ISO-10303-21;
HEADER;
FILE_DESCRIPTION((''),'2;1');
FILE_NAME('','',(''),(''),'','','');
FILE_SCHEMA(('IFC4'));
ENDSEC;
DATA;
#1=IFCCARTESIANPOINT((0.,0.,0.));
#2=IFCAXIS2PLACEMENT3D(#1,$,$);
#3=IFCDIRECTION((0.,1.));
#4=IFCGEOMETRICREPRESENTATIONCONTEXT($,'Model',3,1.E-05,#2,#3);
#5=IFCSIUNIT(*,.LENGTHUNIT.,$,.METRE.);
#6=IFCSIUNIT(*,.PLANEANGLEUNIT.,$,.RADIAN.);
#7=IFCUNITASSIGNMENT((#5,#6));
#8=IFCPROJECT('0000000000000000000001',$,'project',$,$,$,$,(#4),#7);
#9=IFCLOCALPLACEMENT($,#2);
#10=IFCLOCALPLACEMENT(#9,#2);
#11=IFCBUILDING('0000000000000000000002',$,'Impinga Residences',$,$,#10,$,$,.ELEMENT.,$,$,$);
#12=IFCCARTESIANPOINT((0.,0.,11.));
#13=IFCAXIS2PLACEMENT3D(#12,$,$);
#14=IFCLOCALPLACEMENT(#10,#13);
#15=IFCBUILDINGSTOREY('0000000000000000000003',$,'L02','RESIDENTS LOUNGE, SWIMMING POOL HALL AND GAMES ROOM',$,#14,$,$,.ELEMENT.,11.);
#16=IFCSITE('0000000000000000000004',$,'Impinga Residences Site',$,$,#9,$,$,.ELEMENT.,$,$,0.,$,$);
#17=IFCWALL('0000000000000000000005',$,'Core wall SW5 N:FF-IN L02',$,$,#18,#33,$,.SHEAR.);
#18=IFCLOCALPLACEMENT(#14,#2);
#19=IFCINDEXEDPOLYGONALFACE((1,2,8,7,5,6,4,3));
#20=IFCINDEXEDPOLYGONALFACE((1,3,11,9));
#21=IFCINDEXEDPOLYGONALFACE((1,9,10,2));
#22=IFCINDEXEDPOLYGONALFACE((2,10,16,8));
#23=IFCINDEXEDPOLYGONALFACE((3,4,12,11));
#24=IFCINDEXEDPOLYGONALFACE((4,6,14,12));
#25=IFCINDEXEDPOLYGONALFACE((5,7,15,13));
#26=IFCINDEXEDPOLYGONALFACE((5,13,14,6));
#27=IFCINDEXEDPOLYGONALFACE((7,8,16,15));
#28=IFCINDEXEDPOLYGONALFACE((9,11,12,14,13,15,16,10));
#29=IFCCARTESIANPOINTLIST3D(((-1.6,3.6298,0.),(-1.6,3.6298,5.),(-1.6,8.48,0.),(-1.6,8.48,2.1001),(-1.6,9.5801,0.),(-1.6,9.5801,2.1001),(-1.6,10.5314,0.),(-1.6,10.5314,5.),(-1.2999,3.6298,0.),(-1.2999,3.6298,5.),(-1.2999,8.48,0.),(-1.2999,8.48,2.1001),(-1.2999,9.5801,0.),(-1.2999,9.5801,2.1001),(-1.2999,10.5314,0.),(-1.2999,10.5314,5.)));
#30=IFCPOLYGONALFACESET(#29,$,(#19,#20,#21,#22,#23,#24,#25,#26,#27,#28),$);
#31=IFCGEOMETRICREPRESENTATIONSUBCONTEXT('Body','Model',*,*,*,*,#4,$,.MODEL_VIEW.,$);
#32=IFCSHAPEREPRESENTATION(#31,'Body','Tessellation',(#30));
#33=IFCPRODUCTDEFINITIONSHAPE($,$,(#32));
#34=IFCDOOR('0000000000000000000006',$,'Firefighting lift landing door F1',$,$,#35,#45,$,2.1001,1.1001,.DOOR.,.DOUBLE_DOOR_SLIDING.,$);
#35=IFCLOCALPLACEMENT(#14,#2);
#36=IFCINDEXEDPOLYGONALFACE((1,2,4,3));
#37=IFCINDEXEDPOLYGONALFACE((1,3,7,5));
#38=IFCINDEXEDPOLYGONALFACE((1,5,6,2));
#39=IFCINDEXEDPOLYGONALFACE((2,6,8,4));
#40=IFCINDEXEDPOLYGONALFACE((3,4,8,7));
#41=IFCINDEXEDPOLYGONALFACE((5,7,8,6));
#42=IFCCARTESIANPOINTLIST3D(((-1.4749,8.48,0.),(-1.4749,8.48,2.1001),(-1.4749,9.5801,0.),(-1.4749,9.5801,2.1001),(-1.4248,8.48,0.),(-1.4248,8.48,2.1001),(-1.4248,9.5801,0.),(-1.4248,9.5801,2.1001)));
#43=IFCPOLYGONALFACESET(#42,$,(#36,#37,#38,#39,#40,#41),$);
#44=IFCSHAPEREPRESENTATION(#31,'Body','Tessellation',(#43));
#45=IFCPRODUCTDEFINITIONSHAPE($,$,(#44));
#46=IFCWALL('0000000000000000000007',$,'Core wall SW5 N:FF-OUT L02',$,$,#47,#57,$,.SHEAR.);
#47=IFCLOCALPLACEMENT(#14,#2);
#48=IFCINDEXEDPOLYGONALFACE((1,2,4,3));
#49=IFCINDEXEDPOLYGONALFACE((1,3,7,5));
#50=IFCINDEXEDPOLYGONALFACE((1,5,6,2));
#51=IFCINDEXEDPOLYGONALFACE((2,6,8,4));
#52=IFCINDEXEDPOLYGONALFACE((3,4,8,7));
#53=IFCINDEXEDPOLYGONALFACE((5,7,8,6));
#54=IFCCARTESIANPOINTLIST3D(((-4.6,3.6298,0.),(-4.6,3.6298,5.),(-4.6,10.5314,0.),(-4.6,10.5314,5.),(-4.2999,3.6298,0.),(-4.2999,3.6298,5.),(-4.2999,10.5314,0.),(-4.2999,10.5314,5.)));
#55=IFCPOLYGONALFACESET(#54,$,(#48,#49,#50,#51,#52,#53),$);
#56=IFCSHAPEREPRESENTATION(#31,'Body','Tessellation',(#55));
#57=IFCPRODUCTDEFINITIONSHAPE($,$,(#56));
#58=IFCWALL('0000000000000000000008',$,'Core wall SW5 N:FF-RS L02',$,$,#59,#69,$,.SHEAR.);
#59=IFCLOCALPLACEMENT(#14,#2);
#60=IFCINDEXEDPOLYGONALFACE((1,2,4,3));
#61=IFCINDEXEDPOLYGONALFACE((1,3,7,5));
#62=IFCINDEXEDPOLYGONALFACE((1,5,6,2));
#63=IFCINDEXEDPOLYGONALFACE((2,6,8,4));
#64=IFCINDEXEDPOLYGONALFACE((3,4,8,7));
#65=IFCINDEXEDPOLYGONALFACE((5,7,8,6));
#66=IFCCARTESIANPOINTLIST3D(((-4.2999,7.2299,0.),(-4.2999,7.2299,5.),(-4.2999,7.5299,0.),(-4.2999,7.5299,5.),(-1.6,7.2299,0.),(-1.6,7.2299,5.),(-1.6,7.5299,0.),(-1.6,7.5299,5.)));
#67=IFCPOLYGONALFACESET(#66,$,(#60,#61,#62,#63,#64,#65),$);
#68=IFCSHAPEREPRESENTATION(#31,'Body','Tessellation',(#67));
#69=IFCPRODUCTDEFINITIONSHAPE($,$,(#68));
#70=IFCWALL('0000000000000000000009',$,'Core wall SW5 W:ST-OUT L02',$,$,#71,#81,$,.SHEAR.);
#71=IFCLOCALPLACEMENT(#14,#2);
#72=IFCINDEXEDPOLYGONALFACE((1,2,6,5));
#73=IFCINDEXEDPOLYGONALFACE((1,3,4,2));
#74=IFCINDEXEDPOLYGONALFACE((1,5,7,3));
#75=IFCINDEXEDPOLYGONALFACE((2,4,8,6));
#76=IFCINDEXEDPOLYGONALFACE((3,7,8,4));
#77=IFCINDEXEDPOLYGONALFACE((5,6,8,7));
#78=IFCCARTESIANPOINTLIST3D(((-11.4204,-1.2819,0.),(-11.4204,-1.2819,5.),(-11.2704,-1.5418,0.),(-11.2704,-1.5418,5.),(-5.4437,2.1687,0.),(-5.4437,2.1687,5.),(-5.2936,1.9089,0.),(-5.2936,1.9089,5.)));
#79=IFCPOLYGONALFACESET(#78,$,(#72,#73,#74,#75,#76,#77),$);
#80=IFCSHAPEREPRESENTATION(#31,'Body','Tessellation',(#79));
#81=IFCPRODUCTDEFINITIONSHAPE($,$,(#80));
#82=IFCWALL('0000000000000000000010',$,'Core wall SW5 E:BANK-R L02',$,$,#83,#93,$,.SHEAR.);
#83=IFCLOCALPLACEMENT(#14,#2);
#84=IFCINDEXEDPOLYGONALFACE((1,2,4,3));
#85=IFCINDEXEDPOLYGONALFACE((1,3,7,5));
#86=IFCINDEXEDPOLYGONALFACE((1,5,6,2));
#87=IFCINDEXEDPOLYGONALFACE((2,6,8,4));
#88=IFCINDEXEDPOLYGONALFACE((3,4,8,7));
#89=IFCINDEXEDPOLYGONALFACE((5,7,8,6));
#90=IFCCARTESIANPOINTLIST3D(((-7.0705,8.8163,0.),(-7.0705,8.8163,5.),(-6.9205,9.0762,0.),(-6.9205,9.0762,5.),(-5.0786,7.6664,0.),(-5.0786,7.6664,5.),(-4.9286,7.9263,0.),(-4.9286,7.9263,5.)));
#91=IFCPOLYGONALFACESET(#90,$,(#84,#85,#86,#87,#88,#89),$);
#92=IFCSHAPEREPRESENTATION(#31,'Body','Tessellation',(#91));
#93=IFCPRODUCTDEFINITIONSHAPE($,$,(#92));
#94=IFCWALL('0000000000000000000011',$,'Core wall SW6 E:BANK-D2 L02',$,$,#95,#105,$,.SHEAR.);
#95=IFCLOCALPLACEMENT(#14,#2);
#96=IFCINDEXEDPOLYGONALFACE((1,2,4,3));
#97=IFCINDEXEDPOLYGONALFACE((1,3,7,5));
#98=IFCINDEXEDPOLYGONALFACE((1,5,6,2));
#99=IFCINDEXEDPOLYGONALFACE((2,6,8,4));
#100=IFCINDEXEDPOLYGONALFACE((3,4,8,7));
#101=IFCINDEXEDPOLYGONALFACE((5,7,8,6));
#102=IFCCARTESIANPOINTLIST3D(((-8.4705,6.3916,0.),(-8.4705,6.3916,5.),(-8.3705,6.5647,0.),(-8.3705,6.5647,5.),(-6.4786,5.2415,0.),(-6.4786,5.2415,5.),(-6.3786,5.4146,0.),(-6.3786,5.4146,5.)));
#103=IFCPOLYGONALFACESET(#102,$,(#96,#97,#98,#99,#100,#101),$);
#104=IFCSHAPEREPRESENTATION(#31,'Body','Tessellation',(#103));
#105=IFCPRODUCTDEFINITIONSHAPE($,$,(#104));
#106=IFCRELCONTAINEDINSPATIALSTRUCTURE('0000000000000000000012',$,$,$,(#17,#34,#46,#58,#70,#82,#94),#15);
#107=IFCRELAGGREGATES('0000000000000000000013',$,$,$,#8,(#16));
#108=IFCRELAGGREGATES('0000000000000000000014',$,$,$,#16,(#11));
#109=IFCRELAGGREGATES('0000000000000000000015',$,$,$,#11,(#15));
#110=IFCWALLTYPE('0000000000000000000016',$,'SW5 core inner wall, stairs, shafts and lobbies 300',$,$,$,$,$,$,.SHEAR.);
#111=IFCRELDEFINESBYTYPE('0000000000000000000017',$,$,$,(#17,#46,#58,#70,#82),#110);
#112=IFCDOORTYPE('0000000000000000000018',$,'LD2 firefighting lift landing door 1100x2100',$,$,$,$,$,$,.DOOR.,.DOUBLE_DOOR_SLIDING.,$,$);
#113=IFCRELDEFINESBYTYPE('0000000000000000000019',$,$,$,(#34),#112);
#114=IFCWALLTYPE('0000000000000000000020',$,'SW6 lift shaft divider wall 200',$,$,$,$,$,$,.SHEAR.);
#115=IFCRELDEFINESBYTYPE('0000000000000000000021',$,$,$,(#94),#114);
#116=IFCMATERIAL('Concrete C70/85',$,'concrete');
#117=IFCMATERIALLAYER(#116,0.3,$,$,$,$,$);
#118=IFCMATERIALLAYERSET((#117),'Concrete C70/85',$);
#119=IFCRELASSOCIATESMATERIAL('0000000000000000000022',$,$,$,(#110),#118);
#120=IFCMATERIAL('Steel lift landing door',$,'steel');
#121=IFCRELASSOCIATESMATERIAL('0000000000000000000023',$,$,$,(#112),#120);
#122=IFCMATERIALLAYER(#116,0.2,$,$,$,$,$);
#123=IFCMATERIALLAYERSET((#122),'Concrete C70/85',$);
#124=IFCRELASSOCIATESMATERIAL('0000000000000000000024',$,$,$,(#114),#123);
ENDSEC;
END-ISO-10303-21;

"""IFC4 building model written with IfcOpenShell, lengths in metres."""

from ifc_helpers import new_model, si_unit, direction, frame, frame_2d, origin, place, context, subcontext, project, spatial, rectangle, extrude, material, layer, layer_set, type_object, element, fill, save


model = new_model("IFC4")

# Units and contexts
model_context = context("Model", 3, precision=1e-05, world=origin(), true_north=direction((0.0, 1.0)))
body_context = subcontext(model_context, "Body", "Model", "MODEL_VIEW")
ifc_project = project(units=[si_unit("LENGTHUNIT", "METRE"), si_unit("PLANEANGLEUNIT", "RADIAN")], contexts=[model_context])

# Site, building, storey
site_placement = place(None, origin())
site = spatial("IfcSite", under=ifc_project, at=site_placement, Name="Impinga Residences Site", CompositionType="ELEMENT", RefElevation=0.0)
building_placement = place(site_placement, origin())
building = spatial("IfcBuilding", under=site, at=building_placement, Name="Impinga Residences", CompositionType="ELEMENT")
storey_placement = place(building_placement, frame((0.0, 0.0, 11.0)))
storey = spatial("IfcBuildingStorey", under=building, at=storey_placement, Name="L02", Description="RESIDENTS LOUNGE, SWIMMING POOL HALL AND GAMES ROOM", CompositionType="ELEMENT", Elevation=11.0)

# Shared definitions
ifc_material_1 = material(Name="Concrete C70/85", Category="concrete")

# Shared definitions
ifc_layer_1 = layer(ifc_material_1, 0.3)
ifc_layer_set_1 = layer_set([ifc_layer_1], Name="Concrete C70/85")
wall_type_1 = type_object("IfcWallType", Name="SW5 core inner wall, stairs, shafts and lobbies 300", PredefinedType="SHEAR", material=ifc_layer_set_1)

# Wall, opening, door
wall_1_placement = place(storey_placement, frame((-1.45, 3.6299, 0.0), z_axis=(0.0, 0.0, 1.0), x_axis=(0.0, 1.0, 0.0)))
wall_1 = element("IfcWall", 1, at=wall_1_placement, inside=storey, type_object=wall_type_1, Name="Core wall SW5 N:FF-IN L02", PredefinedType="SHEAR", context=body_context, shape_type="SweptSolid", body=[
    extrude(rectangle(XDim=6.9016, YDim=0.3, at=frame_2d((3.4507, 0.0))), origin(), (0.0, 0.0, 1.0), 5.0),
])
opening_1_placement = place(wall_1_placement, frame((4.8501, 0.0, 0.0)))
opening_1 = element("IfcOpeningElement", 2, at=opening_1_placement, cuts=wall_1, PredefinedType="OPENING", context=body_context, shape_type="SweptSolid", body=[
    extrude(rectangle(XDim=1.1001, YDim=2.1001, at=frame_2d((0.55, 1.05))), frame((0.0, 0.1599, 0.0), z_axis=(0.0, -1.0, 0.0), x_axis=(1.0, 0.0, 0.0)), (0.0, 0.0, 1.0), 0.3201),
])
ifc_material_2 = material(Name="Steel lift landing door", Category="steel")
door_type_1 = type_object("IfcDoorType", Name="LD2 firefighting lift landing door 1100x2100", OperationType="DOUBLE_DOOR_SLIDING", PredefinedType="DOOR", material=ifc_material_2)
door_1_placement = place(opening_1_placement, origin())
door_1 = element("IfcDoor", 3, at=door_1_placement, inside=storey, type_object=door_type_1, Name="Firefighting lift landing door F1", OperationType="DOUBLE_DOOR_SLIDING", OverallHeight=2.1001, OverallWidth=1.1001, PredefinedType="DOOR", context=body_context, shape_type="SweptSolid", body=[
    extrude(rectangle(XDim=1.1001, YDim=2.1001, at=frame_2d((0.55, 1.05))), frame((0.0, 0.0249, 0.0), z_axis=(0.0, -1.0, 0.0), x_axis=(1.0, 0.0, 0.0)), (0.0, 0.0, 1.0), 0.05),
])
fill(opening_1, door_1)

# Walls
wall_2_placement = place(storey_placement, frame((-4.45, 3.6299, 0.0), z_axis=(0.0, 0.0, 1.0), x_axis=(0.0, 1.0, 0.0)))
element("IfcWall", 4, at=wall_2_placement, inside=storey, type_object=wall_type_1, Name="Core wall SW5 N:FF-OUT L02", PredefinedType="SHEAR", context=body_context, shape_type="SweptSolid", body=[
    extrude(rectangle(XDim=6.9016, YDim=0.3, at=frame_2d((3.4507, 0.0))), origin(), (0.0, 0.0, 1.0), 5.0),
])
wall_3_placement = place(storey_placement, frame((-4.3, 7.3799, 0.0), z_axis=(0.0, 0.0, 1.0), x_axis=(1.0, 0.0, 0.0)))
element("IfcWall", 5, at=wall_3_placement, inside=storey, type_object=wall_type_1, Name="Core wall SW5 N:FF-RS L02", PredefinedType="SHEAR", context=body_context, shape_type="SweptSolid", body=[
    extrude(rectangle(XDim=2.7, YDim=0.3, at=frame_2d((1.3501, 0.0))), origin(), (0.0, 0.0, 1.0), 5.0),
])
wall_4_placement = place(storey_placement, frame((-5.3687, 2.0388, 0.0), z_axis=(0.0, 0.0, 1.0), x_axis=(-0.866027, -0.499997, 0.0)))
element("IfcWall", 6, at=wall_4_placement, inside=storey, type_object=wall_type_1, Name="Core wall SW5 W:ST-OUT L02", PredefinedType="SHEAR", context=body_context, shape_type="SweptSolid", body=[
    extrude(rectangle(XDim=6.9014, YDim=0.3, at=frame_2d((3.4507, 0.0))), origin(), (0.0, 0.0, 1.0), 5.0),
])
wall_5_placement = place(storey_placement, frame((-5.0037, 7.7964, 0.0), z_axis=(0.0, 0.0, 1.0), x_axis=(-0.866053, 0.499952, 0.0)))
element("IfcWall", 7, at=wall_5_placement, inside=storey, type_object=wall_type_1, Name="Core wall SW5 E:BANK-R L02", PredefinedType="SHEAR", context=body_context, shape_type="SweptSolid", body=[
    extrude(rectangle(XDim=2.3, YDim=0.3, at=frame_2d((1.1499, 0.0))), origin(), (0.0, 0.0, 1.0), 5.0),
])
ifc_layer_2 = layer(ifc_material_1, 0.2)
ifc_layer_set_2 = layer_set([ifc_layer_2], Name="Concrete C70/85")
wall_type_2 = type_object("IfcWallType", Name="SW6 lift shaft divider wall 200", PredefinedType="SHEAR", material=ifc_layer_set_2)
wall_6_placement = place(storey_placement, frame((-6.4287, 5.3281, 0.0), z_axis=(0.0, 0.0, 1.0), x_axis=(-0.866007, 0.500032, 0.0)))
element("IfcWall", 8, at=wall_6_placement, inside=storey, type_object=wall_type_2, Name="Core wall SW6 E:BANK-D2 L02", PredefinedType="SHEAR", context=body_context, shape_type="SweptSolid", body=[
    extrude(rectangle(XDim=2.3, YDim=0.2, at=frame_2d((1.1499, 0.0))), origin(), (0.0, 0.0, 1.0), 5.0),
])

save(model, "model.ifc")
